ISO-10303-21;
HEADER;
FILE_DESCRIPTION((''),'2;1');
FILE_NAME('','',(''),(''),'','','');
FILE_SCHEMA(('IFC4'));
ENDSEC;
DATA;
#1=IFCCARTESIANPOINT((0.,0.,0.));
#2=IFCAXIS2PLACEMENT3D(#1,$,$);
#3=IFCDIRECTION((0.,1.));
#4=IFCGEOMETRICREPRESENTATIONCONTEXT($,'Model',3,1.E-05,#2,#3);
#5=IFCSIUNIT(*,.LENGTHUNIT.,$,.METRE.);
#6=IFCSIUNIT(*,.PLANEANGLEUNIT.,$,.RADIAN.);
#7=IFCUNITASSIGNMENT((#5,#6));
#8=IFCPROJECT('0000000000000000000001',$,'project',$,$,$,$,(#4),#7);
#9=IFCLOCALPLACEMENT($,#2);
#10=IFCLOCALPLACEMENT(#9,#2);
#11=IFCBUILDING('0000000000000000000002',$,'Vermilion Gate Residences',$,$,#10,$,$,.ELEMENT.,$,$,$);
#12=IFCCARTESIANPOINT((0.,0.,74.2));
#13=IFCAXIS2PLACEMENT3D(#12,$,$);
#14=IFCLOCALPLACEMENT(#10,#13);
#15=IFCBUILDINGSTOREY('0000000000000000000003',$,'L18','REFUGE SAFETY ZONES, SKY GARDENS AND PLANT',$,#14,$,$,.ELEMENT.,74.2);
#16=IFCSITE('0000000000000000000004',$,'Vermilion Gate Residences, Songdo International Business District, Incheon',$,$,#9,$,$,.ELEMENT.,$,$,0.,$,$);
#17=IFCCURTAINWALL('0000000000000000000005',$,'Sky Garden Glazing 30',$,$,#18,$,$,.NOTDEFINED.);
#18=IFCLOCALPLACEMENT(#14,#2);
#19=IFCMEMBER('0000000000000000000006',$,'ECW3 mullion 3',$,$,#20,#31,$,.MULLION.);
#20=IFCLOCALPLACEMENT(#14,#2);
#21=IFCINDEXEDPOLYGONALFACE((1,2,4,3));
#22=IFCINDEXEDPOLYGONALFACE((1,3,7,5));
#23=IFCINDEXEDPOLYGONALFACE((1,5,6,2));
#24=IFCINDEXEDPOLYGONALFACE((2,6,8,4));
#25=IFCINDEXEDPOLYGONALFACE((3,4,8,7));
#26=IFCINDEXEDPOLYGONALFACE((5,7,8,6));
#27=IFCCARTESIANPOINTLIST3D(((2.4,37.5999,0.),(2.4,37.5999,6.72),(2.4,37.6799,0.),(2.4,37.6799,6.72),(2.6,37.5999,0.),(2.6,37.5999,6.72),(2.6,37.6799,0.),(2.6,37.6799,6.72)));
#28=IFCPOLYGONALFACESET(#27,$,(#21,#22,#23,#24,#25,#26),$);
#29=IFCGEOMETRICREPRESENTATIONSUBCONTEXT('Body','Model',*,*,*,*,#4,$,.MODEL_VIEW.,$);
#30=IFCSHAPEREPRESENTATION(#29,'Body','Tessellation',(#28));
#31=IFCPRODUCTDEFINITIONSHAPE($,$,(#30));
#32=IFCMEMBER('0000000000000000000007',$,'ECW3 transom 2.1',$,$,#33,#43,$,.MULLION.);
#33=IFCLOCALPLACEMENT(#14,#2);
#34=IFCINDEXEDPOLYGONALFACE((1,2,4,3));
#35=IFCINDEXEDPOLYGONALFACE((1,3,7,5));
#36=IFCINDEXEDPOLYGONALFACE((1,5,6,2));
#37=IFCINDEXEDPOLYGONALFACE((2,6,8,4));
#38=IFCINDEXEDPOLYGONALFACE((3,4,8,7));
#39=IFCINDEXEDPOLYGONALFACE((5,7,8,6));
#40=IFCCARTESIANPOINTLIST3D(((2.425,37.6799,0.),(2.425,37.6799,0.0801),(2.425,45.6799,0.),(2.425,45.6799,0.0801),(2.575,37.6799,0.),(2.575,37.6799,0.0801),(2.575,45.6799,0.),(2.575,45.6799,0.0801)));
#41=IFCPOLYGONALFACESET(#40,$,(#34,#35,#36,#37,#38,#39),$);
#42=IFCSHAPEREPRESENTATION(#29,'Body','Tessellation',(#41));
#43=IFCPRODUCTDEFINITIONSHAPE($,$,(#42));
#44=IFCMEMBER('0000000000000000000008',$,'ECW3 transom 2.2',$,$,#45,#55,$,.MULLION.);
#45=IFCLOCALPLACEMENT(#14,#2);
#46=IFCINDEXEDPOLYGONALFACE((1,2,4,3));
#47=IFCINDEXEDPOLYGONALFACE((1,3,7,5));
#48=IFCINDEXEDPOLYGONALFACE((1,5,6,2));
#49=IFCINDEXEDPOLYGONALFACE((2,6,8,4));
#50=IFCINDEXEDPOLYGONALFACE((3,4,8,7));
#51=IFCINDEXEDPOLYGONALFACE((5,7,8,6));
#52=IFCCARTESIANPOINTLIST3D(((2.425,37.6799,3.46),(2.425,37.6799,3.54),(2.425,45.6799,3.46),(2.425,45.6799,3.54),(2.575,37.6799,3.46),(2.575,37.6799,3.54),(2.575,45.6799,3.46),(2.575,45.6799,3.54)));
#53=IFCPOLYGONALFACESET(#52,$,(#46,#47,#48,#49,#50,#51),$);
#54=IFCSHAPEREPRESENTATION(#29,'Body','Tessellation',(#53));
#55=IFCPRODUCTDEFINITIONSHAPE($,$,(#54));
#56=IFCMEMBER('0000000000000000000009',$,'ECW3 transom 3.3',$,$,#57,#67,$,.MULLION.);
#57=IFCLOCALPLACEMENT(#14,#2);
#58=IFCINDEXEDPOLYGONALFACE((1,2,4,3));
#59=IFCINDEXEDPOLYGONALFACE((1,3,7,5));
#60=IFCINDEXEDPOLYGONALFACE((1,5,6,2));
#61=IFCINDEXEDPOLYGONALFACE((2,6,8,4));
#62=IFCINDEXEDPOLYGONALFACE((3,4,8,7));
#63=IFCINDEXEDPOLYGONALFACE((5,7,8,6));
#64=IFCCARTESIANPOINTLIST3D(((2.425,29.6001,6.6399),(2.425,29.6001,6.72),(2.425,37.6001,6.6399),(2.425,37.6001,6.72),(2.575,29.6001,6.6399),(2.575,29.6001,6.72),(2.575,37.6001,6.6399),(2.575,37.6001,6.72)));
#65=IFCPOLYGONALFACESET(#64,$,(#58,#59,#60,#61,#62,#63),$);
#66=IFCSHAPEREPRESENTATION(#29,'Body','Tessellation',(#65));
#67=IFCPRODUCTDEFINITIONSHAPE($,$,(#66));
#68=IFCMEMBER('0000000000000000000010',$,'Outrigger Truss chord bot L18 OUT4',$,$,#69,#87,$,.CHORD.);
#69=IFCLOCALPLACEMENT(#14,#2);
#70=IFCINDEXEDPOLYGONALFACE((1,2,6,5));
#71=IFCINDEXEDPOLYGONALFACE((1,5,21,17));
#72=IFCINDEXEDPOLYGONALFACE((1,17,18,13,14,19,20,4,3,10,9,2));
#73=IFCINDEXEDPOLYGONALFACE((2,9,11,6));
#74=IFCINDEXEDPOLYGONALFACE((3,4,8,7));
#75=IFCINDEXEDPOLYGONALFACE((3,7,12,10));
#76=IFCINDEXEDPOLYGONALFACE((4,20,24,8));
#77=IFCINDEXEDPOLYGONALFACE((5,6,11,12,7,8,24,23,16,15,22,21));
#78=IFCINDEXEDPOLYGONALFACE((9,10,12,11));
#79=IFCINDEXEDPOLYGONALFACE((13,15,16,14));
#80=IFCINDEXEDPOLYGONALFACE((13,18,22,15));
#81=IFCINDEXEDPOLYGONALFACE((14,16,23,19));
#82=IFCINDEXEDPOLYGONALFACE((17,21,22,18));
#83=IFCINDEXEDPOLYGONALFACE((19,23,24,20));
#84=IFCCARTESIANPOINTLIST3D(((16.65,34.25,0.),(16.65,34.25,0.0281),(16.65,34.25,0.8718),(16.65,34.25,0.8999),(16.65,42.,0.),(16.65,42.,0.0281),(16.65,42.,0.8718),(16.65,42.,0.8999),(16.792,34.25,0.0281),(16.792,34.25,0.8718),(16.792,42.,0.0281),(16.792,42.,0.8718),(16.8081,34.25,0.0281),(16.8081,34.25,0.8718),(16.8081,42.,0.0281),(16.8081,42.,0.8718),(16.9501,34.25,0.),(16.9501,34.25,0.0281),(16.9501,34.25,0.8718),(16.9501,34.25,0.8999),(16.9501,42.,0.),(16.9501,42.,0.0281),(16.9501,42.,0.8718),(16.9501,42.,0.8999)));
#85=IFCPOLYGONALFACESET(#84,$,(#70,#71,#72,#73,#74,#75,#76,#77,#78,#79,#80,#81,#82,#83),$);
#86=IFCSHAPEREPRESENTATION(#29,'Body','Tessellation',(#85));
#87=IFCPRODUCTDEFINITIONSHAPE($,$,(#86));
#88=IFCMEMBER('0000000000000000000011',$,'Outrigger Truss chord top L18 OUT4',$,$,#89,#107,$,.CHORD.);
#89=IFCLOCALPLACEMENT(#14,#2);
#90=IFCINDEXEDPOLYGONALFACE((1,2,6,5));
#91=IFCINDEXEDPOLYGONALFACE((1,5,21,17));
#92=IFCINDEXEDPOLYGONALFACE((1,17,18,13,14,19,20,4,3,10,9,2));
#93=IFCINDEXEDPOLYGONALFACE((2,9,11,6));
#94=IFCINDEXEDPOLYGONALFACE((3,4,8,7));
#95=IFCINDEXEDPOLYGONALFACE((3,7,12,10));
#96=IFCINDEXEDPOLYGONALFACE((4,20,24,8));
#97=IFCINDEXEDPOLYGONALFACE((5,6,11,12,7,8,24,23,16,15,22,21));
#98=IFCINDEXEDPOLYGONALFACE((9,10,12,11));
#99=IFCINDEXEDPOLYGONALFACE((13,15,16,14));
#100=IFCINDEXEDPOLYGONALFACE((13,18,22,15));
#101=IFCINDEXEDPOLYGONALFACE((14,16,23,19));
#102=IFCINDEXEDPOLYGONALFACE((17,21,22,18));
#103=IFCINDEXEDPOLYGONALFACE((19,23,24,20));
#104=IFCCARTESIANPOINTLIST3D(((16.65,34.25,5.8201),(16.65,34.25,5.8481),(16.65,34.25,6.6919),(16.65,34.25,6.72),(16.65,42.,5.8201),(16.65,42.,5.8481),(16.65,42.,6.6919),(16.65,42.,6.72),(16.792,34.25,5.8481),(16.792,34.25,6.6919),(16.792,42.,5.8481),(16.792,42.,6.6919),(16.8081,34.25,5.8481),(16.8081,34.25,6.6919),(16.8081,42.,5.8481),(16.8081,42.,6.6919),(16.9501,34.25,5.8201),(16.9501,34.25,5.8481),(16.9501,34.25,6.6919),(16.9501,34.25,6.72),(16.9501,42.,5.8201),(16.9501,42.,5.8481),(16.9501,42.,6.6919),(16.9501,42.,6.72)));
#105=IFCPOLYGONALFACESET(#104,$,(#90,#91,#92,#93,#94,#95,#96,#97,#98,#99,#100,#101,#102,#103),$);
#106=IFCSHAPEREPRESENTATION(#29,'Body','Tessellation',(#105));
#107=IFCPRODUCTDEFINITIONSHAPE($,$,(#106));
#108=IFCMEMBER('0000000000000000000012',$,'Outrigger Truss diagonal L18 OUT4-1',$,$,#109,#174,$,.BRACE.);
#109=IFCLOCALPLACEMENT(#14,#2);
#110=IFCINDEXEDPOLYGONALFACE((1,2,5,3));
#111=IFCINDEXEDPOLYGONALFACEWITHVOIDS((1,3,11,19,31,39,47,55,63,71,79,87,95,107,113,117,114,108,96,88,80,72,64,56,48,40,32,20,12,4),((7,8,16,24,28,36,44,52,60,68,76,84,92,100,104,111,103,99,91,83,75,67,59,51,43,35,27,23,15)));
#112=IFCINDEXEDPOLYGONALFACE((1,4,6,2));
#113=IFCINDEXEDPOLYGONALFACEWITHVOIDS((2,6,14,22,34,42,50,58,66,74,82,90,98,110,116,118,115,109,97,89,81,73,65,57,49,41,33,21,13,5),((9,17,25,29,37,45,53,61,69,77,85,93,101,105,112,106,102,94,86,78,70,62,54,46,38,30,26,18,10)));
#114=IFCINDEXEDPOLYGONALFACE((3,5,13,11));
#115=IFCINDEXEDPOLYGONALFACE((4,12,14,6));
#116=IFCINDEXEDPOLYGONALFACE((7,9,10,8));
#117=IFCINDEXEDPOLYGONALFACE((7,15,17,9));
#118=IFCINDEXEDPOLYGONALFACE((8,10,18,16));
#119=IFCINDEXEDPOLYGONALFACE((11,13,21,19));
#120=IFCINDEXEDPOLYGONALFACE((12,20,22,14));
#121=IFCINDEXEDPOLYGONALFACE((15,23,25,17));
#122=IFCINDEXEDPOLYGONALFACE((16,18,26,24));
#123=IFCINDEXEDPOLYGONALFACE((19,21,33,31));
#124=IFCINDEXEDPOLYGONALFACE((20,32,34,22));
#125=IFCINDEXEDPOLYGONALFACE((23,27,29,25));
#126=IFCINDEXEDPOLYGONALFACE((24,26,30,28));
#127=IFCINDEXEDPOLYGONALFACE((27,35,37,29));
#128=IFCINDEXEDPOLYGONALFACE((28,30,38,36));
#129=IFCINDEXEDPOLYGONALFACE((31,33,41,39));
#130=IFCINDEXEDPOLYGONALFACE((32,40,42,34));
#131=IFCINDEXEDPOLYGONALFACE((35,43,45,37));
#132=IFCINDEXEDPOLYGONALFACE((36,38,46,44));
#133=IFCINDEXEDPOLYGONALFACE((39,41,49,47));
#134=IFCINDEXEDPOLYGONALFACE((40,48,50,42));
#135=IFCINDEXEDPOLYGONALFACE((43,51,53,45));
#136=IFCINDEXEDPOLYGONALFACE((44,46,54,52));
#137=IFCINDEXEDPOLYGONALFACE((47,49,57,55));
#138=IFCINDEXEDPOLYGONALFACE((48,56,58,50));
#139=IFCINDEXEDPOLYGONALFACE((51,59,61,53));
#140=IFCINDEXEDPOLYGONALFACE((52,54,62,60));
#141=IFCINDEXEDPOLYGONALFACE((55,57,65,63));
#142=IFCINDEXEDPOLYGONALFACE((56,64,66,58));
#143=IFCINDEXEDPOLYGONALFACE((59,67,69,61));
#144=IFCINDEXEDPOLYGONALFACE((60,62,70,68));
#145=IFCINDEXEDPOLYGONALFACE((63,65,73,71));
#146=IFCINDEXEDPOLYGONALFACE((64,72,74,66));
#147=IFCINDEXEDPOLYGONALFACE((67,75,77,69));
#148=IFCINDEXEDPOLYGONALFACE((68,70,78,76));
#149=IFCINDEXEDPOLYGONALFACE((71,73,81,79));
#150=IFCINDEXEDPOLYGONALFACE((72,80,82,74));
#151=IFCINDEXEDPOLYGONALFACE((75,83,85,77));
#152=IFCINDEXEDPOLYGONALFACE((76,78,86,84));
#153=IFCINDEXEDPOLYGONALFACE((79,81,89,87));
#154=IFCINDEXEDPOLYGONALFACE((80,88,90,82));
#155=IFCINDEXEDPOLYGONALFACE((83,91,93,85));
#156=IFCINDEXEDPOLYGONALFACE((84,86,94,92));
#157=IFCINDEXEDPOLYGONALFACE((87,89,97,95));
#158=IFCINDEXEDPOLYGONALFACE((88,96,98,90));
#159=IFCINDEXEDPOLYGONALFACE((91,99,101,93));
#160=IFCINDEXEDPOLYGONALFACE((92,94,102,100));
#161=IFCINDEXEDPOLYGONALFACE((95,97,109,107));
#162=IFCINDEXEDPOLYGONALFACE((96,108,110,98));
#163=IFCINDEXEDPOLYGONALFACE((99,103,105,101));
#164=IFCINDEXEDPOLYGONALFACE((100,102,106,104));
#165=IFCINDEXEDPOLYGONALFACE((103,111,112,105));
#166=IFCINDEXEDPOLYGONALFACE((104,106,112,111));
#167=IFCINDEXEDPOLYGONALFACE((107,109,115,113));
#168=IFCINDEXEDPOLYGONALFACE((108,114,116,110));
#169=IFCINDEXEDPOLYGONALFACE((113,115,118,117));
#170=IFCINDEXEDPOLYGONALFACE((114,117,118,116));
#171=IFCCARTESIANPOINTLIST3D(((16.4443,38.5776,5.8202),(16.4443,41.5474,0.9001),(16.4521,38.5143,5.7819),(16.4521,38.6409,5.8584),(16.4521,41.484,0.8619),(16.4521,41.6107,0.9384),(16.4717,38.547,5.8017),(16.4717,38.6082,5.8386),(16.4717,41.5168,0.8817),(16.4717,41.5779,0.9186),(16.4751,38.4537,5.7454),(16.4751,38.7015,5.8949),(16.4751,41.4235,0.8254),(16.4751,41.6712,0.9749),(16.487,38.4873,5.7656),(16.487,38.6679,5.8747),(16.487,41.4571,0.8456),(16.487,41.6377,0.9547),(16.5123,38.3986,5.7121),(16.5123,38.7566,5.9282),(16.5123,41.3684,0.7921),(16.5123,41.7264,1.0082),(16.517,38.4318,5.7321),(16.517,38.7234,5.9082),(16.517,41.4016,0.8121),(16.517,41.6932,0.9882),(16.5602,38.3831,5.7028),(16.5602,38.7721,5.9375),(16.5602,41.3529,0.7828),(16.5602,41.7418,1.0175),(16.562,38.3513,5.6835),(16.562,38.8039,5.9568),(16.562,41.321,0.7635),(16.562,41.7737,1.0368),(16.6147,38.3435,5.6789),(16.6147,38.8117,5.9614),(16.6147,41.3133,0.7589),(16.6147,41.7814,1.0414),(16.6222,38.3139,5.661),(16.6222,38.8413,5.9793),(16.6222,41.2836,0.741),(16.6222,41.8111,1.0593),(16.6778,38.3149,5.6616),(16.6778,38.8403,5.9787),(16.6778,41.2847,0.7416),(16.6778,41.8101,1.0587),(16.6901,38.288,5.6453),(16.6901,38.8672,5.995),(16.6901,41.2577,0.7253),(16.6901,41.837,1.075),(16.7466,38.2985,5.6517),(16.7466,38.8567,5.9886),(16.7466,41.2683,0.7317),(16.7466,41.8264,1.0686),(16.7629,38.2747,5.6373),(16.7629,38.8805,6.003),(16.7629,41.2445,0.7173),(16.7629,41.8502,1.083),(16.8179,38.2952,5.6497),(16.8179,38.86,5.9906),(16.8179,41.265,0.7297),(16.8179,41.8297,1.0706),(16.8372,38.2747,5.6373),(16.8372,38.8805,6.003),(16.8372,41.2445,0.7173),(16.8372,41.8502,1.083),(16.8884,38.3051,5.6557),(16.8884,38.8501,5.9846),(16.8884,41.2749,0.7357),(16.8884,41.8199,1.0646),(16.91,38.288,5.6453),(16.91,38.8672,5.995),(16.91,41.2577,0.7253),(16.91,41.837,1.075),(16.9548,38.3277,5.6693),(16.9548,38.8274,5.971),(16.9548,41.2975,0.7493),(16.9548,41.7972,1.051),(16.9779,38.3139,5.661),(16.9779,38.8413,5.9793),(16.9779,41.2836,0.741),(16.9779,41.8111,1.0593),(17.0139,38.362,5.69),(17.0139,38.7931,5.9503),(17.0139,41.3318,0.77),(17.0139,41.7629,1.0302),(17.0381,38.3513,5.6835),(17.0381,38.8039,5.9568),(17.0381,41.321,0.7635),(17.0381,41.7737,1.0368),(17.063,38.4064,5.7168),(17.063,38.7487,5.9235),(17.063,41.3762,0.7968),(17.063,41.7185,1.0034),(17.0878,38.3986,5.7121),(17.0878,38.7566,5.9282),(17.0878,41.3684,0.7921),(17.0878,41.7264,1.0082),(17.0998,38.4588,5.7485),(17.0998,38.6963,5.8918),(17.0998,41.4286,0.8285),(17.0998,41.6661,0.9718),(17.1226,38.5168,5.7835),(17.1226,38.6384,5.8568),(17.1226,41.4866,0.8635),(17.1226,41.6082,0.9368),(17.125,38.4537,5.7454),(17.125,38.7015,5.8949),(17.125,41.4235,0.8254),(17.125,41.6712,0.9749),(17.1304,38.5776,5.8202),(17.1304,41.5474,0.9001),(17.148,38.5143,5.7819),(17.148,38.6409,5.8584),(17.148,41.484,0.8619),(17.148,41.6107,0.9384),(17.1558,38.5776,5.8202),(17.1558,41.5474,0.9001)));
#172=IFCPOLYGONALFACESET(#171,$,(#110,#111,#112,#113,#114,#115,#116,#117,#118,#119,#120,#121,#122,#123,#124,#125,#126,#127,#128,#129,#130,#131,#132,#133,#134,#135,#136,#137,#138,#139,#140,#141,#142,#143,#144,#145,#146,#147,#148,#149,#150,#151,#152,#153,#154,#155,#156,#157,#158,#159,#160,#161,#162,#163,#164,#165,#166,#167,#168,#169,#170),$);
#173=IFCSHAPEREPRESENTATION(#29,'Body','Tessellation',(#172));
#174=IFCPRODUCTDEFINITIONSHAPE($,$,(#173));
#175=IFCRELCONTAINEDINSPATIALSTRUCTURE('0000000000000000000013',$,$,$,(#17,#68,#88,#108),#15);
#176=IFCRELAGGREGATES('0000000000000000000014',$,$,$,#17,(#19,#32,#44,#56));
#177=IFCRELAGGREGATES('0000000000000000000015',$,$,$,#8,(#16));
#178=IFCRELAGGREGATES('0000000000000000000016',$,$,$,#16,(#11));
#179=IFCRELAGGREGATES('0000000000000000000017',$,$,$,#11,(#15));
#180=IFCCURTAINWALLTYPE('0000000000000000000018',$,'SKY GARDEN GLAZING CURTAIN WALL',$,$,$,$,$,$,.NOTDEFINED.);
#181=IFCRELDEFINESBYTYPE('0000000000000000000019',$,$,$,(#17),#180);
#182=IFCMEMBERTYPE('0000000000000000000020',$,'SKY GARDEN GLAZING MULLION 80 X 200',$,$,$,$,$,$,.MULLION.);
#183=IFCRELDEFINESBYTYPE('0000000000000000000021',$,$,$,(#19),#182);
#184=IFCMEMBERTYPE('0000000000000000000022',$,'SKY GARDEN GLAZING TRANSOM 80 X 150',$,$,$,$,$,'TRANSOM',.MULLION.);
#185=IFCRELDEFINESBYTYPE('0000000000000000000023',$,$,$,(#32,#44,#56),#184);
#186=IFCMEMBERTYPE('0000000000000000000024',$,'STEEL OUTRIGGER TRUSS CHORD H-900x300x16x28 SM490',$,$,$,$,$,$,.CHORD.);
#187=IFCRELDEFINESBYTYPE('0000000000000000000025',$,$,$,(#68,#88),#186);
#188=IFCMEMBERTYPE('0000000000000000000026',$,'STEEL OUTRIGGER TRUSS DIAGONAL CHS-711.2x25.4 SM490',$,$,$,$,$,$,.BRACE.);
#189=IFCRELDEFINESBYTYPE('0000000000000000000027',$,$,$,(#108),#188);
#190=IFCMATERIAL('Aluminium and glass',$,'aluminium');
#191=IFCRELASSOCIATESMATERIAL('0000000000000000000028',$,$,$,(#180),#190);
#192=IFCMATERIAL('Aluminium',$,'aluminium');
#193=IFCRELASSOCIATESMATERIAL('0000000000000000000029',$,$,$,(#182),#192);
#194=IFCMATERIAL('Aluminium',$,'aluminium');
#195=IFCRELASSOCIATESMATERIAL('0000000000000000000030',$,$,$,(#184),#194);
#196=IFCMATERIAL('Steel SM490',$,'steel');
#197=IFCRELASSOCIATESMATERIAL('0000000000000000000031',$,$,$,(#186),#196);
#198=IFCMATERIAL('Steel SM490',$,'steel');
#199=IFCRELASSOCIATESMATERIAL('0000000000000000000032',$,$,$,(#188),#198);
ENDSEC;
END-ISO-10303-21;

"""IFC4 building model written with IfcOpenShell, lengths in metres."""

from ifc_helpers import new_model, si_unit, direction, frame, origin, origin_2d, place, context, subcontext, project, spatial, rectangle, hollow_circle, i_section, extrude, material, material_profile, profile_set, type_object, element, aggregate, save


model = new_model("IFC4")

# Units and contexts
model_context = context("Model", 3, precision=1e-05, world=origin(), true_north=direction((0.0, 1.0)))
body_context = subcontext(model_context, "Body", "Model", "MODEL_VIEW")
ifc_project = project(units=[si_unit("LENGTHUNIT", "METRE"), si_unit("PLANEANGLEUNIT", "RADIAN")], contexts=[model_context])

# Site, building, storey
site_placement = place(None, origin())
site = spatial("IfcSite", under=ifc_project, at=site_placement, Name="Vermilion Gate Residences, Songdo International Business District, Incheon", CompositionType="ELEMENT", RefElevation=0.0)
building_placement = place(site_placement, origin())
building = spatial("IfcBuilding", under=site, at=building_placement, Name="Vermilion Gate Residences", CompositionType="ELEMENT")
storey_placement = place(building_placement, frame((0.0, 0.0, 74.2)))
storey = spatial("IfcBuildingStorey", under=building, at=storey_placement, Name="L18", Description="REFUGE SAFETY ZONES, SKY GARDENS AND PLANT", CompositionType="ELEMENT", Elevation=74.2)

# Curtain wall, members
ifc_material_1 = material(Name="Aluminium and glass", Category="aluminium")
curtain_wall_type = type_object("IfcCurtainWallType", Name="SKY GARDEN GLAZING CURTAIN WALL", PredefinedType="NOTDEFINED", material=ifc_material_1)
curtain_wall_placement = place(storey_placement, origin())
curtain_wall = element("IfcCurtainWall", 1, at=curtain_wall_placement, inside=storey, type_object=curtain_wall_type, Name="Sky Garden Glazing 30", PredefinedType="NOTDEFINED")
ifc_material_2 = material(Name="Aluminium", Category="aluminium")
ifc_material_profile_1 = material_profile(ifc_material_2, rectangle(XDim=0.2, YDim=0.0801, at=origin_2d()), Name="MULLION 80 X 200")
ifc_profile_set_1 = profile_set([ifc_material_profile_1], Name="Aluminium")
member_type_1 = type_object("IfcMemberType", Name="SKY GARDEN GLAZING MULLION 80 X 200", PredefinedType="MULLION", material=ifc_profile_set_1)
member_1_placement = place(storey_placement, frame((2.5, 37.6399, 0.0), z_axis=(0.0, 0.0, 1.0), x_axis=(1.0, 0.0, 0.0)))
member_1 = element("IfcMember", 2, at=member_1_placement, type_object=member_type_1, Name="ECW3 mullion 3", PredefinedType="MULLION", context=body_context, shape_type="SweptSolid", body=[
    extrude(rectangle(XDim=0.2, YDim=0.0801, at=origin_2d()), origin(), (0.0, 0.0, 1.0), 6.72),
])
ifc_material_3 = material(Name="Aluminium", Category="aluminium")
ifc_material_profile_2 = material_profile(ifc_material_3, rectangle(XDim=0.1499, YDim=0.0801, at=origin_2d()), Name="TRANSOM 80 X 150")
ifc_profile_set_2 = profile_set([ifc_material_profile_2], Name="Aluminium")
member_type_2 = type_object("IfcMemberType", Name="SKY GARDEN GLAZING TRANSOM 80 X 150", ElementType="TRANSOM", PredefinedType="MULLION", material=ifc_profile_set_2)
member_2_placement = place(storey_placement, frame((2.5, 45.6799, 0.04), z_axis=(0.0, -1.0, 0.0), x_axis=(1.0, 0.0, 0.0)))
member_2 = element("IfcMember", 3, at=member_2_placement, type_object=member_type_2, Name="ECW3 transom 2.1", PredefinedType="MULLION", context=body_context, shape_type="SweptSolid", body=[
    extrude(rectangle(XDim=0.1499, YDim=0.0801, at=origin_2d()), origin(), (0.0, 0.0, 1.0), 8.0),
])
member_3_placement = place(storey_placement, frame((2.5, 45.6799, 3.5), z_axis=(0.0, -1.0, 0.0), x_axis=(1.0, 0.0, 0.0)))
member_3 = element("IfcMember", 4, at=member_3_placement, type_object=member_type_2, Name="ECW3 transom 2.2", PredefinedType="MULLION", context=body_context, shape_type="SweptSolid", body=[
    extrude(rectangle(XDim=0.1499, YDim=0.0801, at=origin_2d()), origin(), (0.0, 0.0, 1.0), 8.0),
])
member_4_placement = place(storey_placement, frame((2.5, 37.6001, 6.6799), z_axis=(0.0, -1.0, 0.0), x_axis=(1.0, 0.0, 0.0)))
member_4 = element("IfcMember", 5, at=member_4_placement, type_object=member_type_2, Name="ECW3 transom 3.3", PredefinedType="MULLION", context=body_context, shape_type="SweptSolid", body=[
    extrude(rectangle(XDim=0.1499, YDim=0.0801, at=origin_2d()), origin(), (0.0, 0.0, 1.0), 8.0),
])

# Members
ifc_material_4 = material(Name="Steel SM490", Category="steel")
ifc_material_profile_3 = material_profile(ifc_material_4, i_section(OverallWidth=0.3, OverallDepth=0.8999, WebThickness=0.0161, FlangeThickness=0.0281, at=origin_2d()), Name="H-900x300x16x28")
ifc_profile_set_3 = profile_set([ifc_material_profile_3], Name="Steel SM490")
member_type_3 = type_object("IfcMemberType", Name="STEEL OUTRIGGER TRUSS CHORD H-900x300x16x28 SM490", PredefinedType="CHORD", material=ifc_profile_set_3)
for number, where, z_axis, x_axis, name in (
    (6, (16.8, 42.0, 0.45), (0.0, -1.0, 0.0), (1.0, 0.0, 0.0), "Outrigger Truss chord bot L18 OUT4"),
    (7, (16.8, 42.0, 6.27), (0.0, -1.0, 0.0), (1.0, 0.0, 0.0), "Outrigger Truss chord top L18 OUT4"),
):
    element("IfcMember", number, at=place(storey_placement, frame(where, z_axis=z_axis, x_axis=x_axis)), inside=storey, type_object=member_type_3, Name=name, PredefinedType="CHORD", context=body_context, shape_type="SweptSolid", body=[
        extrude(i_section(OverallWidth=0.3, OverallDepth=0.8999, WebThickness=0.0161, FlangeThickness=0.0281, at=origin_2d()), origin(), (0.0, 0.0, 1.0), 7.75),
    ])
ifc_material_5 = material(Name="Steel SM490", Category="steel")
ifc_material_profile_4 = material_profile(ifc_material_5, hollow_circle(Radius=0.3557, WallThickness=0.0254, at=origin_2d()), Name="CHS-711.2x25.4")
ifc_profile_set_4 = profile_set([ifc_material_profile_4], Name="Steel SM490")
member_type_4 = type_object("IfcMemberType", Name="STEEL OUTRIGGER TRUSS DIAGONAL CHS-711.2x25.4 SM490", PredefinedType="BRACE", material=ifc_profile_set_4)
for number, where, z_axis, x_axis, name in (
    (8, (16.8, 41.5474, 0.9001), (0.0, -0.516768, 0.856125), (1.0, 0.0, 0.0), "Outrigger Truss diagonal L18 OUT4-1"),
):
    element("IfcMember", number, at=place(storey_placement, frame(where, z_axis=z_axis, x_axis=x_axis)), inside=storey, type_object=member_type_4, Name=name, PredefinedType="BRACE", context=body_context, shape_type="SweptSolid", body=[
        extrude(hollow_circle(Radius=0.3557, WallThickness=0.0254, at=origin_2d()), origin(), (0.0, 0.0, 1.0), 5.7468),
    ])

aggregate(curtain_wall, [member_1, member_2, member_3, member_4])

save(model, "model.ifc")
